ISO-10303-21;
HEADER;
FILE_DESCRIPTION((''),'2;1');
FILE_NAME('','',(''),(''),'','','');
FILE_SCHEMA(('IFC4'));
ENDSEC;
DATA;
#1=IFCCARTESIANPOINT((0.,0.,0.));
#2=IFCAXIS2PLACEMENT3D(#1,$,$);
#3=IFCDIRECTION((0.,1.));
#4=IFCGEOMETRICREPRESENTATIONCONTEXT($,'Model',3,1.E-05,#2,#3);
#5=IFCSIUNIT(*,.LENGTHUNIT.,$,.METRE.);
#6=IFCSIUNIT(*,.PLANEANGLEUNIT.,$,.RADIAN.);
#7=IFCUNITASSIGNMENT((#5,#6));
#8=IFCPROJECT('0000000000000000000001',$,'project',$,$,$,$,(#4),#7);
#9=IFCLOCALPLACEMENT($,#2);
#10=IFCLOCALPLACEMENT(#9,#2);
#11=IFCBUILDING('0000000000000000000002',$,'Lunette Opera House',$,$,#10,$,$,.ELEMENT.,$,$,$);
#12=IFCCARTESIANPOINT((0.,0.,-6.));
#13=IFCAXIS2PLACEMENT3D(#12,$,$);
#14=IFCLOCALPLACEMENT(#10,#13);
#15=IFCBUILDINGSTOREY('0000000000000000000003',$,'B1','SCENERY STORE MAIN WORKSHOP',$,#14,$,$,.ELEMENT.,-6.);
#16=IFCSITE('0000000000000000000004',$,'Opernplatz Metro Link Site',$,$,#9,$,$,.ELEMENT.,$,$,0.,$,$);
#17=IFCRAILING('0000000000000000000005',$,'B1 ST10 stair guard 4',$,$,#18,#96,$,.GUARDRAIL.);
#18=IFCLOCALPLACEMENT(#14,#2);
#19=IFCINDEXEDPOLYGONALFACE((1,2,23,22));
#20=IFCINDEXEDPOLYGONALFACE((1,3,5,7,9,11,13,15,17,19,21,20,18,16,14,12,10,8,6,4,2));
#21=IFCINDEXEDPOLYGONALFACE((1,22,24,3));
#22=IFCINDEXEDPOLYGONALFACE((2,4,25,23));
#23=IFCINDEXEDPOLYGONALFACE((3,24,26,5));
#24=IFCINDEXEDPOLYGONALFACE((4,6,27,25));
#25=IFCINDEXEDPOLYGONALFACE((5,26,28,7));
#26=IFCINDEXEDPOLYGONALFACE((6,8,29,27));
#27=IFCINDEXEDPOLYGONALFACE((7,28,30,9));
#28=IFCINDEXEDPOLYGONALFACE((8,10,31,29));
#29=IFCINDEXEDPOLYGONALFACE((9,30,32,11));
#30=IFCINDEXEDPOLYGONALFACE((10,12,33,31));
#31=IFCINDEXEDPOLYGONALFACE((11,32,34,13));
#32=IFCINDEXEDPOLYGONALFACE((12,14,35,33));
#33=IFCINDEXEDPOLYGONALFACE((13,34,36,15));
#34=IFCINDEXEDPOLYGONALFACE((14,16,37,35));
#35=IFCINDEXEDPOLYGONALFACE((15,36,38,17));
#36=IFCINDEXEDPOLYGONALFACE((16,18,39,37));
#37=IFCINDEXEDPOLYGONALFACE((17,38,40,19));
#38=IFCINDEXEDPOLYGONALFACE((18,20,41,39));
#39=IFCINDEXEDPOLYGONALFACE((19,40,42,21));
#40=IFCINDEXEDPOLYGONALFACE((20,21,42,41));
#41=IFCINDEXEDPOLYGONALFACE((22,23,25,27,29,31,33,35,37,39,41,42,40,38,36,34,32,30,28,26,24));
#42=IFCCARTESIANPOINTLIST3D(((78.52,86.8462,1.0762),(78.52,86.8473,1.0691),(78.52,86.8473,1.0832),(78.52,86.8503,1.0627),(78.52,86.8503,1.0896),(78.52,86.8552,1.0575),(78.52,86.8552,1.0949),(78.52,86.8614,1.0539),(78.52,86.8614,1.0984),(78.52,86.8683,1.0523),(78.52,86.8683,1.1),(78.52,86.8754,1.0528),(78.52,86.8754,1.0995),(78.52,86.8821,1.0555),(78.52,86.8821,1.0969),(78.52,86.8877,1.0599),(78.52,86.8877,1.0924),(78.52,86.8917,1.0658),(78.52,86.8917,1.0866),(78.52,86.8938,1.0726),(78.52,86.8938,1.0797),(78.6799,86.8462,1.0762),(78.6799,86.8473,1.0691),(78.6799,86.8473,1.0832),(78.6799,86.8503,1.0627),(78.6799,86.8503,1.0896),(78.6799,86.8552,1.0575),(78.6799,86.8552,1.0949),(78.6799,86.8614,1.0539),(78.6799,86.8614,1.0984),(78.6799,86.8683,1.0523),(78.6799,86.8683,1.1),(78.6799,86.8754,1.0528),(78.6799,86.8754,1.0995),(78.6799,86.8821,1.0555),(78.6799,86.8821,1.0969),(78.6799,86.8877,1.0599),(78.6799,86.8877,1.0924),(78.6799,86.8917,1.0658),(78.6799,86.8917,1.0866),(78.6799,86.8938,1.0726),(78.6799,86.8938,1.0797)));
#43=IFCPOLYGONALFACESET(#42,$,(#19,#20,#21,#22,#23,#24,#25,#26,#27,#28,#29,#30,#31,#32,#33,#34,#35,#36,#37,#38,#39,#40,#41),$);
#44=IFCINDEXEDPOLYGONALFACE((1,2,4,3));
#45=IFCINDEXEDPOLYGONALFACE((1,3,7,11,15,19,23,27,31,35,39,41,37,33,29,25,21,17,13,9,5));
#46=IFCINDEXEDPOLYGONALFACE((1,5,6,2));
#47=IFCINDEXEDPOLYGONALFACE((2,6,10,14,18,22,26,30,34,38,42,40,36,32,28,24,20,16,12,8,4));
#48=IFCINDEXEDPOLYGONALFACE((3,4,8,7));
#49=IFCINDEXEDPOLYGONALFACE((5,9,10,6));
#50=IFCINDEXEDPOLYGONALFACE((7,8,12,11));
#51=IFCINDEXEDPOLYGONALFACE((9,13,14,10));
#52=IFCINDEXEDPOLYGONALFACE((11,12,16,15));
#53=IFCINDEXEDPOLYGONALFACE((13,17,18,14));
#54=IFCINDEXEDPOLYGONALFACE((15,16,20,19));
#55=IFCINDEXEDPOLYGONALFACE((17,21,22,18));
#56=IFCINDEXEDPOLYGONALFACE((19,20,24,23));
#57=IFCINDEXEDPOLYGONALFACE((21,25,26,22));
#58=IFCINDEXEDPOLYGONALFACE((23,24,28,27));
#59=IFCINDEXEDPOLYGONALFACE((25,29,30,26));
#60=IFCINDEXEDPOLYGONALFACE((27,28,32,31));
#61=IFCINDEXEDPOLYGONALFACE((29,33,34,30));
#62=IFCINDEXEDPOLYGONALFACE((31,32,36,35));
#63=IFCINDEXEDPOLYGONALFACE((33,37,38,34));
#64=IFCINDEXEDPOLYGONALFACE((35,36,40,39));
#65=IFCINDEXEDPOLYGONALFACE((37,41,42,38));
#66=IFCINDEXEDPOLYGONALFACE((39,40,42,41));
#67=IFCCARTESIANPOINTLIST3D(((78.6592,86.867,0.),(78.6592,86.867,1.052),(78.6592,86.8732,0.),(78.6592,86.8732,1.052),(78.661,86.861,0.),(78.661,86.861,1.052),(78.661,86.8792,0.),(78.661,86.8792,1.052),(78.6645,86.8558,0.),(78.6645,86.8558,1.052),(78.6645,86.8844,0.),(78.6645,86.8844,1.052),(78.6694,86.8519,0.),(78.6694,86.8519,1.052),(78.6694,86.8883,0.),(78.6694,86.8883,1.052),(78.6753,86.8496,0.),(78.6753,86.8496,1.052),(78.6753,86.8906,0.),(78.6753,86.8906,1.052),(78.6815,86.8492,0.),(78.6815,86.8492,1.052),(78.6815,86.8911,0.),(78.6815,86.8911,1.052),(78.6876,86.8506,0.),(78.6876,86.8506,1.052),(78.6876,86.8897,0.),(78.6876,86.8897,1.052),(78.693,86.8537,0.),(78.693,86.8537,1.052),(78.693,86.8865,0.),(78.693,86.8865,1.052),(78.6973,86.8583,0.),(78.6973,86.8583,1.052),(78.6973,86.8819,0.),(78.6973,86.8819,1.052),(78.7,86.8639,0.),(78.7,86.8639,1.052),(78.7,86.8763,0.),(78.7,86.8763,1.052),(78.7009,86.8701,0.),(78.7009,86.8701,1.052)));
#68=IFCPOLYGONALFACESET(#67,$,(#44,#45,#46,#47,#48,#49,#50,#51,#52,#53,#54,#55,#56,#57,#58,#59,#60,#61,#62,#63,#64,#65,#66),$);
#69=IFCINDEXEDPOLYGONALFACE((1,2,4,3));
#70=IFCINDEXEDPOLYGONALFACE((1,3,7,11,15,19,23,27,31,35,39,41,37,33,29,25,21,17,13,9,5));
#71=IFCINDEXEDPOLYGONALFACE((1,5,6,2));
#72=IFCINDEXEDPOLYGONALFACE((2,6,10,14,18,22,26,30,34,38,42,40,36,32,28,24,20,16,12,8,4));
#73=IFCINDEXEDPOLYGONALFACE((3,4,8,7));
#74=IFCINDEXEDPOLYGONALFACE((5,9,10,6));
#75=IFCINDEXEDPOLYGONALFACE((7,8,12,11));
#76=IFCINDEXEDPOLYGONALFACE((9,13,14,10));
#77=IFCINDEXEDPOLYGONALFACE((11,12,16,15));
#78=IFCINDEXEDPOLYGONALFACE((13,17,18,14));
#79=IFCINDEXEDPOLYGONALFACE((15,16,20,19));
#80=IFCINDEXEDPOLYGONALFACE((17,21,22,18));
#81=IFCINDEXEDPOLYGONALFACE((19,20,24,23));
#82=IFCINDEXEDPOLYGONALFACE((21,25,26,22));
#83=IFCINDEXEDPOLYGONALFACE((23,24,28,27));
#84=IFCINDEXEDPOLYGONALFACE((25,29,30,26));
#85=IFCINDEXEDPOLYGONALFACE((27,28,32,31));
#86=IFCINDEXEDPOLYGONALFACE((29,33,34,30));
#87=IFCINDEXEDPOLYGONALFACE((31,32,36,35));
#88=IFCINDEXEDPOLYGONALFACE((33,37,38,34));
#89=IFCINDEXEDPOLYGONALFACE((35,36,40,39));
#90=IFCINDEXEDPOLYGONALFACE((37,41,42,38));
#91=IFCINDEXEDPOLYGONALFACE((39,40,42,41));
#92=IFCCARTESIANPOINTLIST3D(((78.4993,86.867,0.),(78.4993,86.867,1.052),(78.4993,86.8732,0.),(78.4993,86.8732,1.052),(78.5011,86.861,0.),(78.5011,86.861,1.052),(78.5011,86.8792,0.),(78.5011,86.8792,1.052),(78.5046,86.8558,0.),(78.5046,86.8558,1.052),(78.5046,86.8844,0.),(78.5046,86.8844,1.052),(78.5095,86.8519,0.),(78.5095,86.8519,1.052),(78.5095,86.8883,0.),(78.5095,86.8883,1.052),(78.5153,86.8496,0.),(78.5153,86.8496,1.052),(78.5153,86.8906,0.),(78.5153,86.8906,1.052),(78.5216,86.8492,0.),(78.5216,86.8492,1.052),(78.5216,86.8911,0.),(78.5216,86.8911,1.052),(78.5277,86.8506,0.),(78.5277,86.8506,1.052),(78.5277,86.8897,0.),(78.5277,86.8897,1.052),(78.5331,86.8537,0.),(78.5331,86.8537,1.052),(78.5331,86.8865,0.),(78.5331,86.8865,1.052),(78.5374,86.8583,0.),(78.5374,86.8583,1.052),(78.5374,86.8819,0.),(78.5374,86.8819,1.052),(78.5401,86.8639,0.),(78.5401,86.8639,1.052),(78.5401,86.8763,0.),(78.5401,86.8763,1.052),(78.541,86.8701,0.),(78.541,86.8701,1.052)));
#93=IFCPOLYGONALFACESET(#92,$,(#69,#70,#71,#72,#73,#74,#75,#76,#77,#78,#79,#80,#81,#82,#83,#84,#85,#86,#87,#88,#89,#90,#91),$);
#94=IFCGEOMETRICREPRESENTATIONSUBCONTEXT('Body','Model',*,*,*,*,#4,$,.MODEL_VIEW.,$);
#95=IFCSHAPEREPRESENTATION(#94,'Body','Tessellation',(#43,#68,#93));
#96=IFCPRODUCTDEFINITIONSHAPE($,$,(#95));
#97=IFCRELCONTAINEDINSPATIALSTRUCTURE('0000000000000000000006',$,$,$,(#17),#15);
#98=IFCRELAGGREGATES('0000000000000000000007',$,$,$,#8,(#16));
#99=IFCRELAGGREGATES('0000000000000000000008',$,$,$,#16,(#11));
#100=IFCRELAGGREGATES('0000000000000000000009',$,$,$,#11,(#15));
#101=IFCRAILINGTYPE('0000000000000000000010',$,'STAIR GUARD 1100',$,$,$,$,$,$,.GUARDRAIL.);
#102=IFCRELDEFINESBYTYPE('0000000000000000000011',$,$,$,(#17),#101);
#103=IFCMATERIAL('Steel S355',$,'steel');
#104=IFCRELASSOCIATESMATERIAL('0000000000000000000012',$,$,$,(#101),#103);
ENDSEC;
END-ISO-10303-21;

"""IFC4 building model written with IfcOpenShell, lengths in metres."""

from ifc_helpers import new_model, si_unit, direction, frame, origin, origin_2d, place, context, subcontext, project, spatial, circle, extrude, material, type_object, element, save


model = new_model("IFC4")

# Units and contexts
model_context = context("Model", 3, precision=1e-05, world=origin(), true_north=direction((0.0, 1.0)))
body_context = subcontext(model_context, "Body", "Model", "MODEL_VIEW")
ifc_project = project(units=[si_unit("LENGTHUNIT", "METRE"), si_unit("PLANEANGLEUNIT", "RADIAN")], contexts=[model_context])

# Site, building, storey
site_placement = place(None, origin())
site = spatial("IfcSite", under=ifc_project, at=site_placement, Name="Opernplatz Metro Link Site", CompositionType="ELEMENT", RefElevation=0.0)
building_placement = place(site_placement, origin())
building = spatial("IfcBuilding", under=site, at=building_placement, Name="Lunette Opera House", CompositionType="ELEMENT")
storey_placement = place(building_placement, frame((0.0, 0.0, -6.0)))
storey = spatial("IfcBuildingStorey", under=building, at=storey_placement, Name="B1", Description="SCENERY STORE MAIN WORKSHOP", CompositionType="ELEMENT", Elevation=-6.0)

# Railing
ifc_material_1 = material(Name="Steel S355", Category="steel")
railing_type_1 = type_object("IfcRailingType", Name="STAIR GUARD 1100", PredefinedType="GUARDRAIL", material=ifc_material_1)
railing_1_placement = place(storey_placement, frame((78.6799, 86.8701, 0.0)))
element("IfcRailing", 1, at=railing_1_placement, inside=storey, type_object=railing_type_1, Name="B1 ST10 stair guard 4", PredefinedType="GUARDRAIL", context=body_context, shape_type="SweptSolid", body=[
    extrude(circle(Radius=0.0239, at=origin_2d()), frame((0.0, 0.0, 1.0762), z_axis=(-1.0, 0.0, 0.0), x_axis=(0.0, -1.0, 0.0)), (0.0, 0.0, 1.0), 0.1599),
    extrude(circle(Radius=0.021, at=origin_2d()), origin(), (0.0, 0.0, 1.0), 1.052),
    extrude(circle(Radius=0.021, at=origin_2d()), frame((-0.1599, 0.0, 0.0)), (0.0, 0.0, 1.0), 1.052),
])

save(model, "model.ifc")
